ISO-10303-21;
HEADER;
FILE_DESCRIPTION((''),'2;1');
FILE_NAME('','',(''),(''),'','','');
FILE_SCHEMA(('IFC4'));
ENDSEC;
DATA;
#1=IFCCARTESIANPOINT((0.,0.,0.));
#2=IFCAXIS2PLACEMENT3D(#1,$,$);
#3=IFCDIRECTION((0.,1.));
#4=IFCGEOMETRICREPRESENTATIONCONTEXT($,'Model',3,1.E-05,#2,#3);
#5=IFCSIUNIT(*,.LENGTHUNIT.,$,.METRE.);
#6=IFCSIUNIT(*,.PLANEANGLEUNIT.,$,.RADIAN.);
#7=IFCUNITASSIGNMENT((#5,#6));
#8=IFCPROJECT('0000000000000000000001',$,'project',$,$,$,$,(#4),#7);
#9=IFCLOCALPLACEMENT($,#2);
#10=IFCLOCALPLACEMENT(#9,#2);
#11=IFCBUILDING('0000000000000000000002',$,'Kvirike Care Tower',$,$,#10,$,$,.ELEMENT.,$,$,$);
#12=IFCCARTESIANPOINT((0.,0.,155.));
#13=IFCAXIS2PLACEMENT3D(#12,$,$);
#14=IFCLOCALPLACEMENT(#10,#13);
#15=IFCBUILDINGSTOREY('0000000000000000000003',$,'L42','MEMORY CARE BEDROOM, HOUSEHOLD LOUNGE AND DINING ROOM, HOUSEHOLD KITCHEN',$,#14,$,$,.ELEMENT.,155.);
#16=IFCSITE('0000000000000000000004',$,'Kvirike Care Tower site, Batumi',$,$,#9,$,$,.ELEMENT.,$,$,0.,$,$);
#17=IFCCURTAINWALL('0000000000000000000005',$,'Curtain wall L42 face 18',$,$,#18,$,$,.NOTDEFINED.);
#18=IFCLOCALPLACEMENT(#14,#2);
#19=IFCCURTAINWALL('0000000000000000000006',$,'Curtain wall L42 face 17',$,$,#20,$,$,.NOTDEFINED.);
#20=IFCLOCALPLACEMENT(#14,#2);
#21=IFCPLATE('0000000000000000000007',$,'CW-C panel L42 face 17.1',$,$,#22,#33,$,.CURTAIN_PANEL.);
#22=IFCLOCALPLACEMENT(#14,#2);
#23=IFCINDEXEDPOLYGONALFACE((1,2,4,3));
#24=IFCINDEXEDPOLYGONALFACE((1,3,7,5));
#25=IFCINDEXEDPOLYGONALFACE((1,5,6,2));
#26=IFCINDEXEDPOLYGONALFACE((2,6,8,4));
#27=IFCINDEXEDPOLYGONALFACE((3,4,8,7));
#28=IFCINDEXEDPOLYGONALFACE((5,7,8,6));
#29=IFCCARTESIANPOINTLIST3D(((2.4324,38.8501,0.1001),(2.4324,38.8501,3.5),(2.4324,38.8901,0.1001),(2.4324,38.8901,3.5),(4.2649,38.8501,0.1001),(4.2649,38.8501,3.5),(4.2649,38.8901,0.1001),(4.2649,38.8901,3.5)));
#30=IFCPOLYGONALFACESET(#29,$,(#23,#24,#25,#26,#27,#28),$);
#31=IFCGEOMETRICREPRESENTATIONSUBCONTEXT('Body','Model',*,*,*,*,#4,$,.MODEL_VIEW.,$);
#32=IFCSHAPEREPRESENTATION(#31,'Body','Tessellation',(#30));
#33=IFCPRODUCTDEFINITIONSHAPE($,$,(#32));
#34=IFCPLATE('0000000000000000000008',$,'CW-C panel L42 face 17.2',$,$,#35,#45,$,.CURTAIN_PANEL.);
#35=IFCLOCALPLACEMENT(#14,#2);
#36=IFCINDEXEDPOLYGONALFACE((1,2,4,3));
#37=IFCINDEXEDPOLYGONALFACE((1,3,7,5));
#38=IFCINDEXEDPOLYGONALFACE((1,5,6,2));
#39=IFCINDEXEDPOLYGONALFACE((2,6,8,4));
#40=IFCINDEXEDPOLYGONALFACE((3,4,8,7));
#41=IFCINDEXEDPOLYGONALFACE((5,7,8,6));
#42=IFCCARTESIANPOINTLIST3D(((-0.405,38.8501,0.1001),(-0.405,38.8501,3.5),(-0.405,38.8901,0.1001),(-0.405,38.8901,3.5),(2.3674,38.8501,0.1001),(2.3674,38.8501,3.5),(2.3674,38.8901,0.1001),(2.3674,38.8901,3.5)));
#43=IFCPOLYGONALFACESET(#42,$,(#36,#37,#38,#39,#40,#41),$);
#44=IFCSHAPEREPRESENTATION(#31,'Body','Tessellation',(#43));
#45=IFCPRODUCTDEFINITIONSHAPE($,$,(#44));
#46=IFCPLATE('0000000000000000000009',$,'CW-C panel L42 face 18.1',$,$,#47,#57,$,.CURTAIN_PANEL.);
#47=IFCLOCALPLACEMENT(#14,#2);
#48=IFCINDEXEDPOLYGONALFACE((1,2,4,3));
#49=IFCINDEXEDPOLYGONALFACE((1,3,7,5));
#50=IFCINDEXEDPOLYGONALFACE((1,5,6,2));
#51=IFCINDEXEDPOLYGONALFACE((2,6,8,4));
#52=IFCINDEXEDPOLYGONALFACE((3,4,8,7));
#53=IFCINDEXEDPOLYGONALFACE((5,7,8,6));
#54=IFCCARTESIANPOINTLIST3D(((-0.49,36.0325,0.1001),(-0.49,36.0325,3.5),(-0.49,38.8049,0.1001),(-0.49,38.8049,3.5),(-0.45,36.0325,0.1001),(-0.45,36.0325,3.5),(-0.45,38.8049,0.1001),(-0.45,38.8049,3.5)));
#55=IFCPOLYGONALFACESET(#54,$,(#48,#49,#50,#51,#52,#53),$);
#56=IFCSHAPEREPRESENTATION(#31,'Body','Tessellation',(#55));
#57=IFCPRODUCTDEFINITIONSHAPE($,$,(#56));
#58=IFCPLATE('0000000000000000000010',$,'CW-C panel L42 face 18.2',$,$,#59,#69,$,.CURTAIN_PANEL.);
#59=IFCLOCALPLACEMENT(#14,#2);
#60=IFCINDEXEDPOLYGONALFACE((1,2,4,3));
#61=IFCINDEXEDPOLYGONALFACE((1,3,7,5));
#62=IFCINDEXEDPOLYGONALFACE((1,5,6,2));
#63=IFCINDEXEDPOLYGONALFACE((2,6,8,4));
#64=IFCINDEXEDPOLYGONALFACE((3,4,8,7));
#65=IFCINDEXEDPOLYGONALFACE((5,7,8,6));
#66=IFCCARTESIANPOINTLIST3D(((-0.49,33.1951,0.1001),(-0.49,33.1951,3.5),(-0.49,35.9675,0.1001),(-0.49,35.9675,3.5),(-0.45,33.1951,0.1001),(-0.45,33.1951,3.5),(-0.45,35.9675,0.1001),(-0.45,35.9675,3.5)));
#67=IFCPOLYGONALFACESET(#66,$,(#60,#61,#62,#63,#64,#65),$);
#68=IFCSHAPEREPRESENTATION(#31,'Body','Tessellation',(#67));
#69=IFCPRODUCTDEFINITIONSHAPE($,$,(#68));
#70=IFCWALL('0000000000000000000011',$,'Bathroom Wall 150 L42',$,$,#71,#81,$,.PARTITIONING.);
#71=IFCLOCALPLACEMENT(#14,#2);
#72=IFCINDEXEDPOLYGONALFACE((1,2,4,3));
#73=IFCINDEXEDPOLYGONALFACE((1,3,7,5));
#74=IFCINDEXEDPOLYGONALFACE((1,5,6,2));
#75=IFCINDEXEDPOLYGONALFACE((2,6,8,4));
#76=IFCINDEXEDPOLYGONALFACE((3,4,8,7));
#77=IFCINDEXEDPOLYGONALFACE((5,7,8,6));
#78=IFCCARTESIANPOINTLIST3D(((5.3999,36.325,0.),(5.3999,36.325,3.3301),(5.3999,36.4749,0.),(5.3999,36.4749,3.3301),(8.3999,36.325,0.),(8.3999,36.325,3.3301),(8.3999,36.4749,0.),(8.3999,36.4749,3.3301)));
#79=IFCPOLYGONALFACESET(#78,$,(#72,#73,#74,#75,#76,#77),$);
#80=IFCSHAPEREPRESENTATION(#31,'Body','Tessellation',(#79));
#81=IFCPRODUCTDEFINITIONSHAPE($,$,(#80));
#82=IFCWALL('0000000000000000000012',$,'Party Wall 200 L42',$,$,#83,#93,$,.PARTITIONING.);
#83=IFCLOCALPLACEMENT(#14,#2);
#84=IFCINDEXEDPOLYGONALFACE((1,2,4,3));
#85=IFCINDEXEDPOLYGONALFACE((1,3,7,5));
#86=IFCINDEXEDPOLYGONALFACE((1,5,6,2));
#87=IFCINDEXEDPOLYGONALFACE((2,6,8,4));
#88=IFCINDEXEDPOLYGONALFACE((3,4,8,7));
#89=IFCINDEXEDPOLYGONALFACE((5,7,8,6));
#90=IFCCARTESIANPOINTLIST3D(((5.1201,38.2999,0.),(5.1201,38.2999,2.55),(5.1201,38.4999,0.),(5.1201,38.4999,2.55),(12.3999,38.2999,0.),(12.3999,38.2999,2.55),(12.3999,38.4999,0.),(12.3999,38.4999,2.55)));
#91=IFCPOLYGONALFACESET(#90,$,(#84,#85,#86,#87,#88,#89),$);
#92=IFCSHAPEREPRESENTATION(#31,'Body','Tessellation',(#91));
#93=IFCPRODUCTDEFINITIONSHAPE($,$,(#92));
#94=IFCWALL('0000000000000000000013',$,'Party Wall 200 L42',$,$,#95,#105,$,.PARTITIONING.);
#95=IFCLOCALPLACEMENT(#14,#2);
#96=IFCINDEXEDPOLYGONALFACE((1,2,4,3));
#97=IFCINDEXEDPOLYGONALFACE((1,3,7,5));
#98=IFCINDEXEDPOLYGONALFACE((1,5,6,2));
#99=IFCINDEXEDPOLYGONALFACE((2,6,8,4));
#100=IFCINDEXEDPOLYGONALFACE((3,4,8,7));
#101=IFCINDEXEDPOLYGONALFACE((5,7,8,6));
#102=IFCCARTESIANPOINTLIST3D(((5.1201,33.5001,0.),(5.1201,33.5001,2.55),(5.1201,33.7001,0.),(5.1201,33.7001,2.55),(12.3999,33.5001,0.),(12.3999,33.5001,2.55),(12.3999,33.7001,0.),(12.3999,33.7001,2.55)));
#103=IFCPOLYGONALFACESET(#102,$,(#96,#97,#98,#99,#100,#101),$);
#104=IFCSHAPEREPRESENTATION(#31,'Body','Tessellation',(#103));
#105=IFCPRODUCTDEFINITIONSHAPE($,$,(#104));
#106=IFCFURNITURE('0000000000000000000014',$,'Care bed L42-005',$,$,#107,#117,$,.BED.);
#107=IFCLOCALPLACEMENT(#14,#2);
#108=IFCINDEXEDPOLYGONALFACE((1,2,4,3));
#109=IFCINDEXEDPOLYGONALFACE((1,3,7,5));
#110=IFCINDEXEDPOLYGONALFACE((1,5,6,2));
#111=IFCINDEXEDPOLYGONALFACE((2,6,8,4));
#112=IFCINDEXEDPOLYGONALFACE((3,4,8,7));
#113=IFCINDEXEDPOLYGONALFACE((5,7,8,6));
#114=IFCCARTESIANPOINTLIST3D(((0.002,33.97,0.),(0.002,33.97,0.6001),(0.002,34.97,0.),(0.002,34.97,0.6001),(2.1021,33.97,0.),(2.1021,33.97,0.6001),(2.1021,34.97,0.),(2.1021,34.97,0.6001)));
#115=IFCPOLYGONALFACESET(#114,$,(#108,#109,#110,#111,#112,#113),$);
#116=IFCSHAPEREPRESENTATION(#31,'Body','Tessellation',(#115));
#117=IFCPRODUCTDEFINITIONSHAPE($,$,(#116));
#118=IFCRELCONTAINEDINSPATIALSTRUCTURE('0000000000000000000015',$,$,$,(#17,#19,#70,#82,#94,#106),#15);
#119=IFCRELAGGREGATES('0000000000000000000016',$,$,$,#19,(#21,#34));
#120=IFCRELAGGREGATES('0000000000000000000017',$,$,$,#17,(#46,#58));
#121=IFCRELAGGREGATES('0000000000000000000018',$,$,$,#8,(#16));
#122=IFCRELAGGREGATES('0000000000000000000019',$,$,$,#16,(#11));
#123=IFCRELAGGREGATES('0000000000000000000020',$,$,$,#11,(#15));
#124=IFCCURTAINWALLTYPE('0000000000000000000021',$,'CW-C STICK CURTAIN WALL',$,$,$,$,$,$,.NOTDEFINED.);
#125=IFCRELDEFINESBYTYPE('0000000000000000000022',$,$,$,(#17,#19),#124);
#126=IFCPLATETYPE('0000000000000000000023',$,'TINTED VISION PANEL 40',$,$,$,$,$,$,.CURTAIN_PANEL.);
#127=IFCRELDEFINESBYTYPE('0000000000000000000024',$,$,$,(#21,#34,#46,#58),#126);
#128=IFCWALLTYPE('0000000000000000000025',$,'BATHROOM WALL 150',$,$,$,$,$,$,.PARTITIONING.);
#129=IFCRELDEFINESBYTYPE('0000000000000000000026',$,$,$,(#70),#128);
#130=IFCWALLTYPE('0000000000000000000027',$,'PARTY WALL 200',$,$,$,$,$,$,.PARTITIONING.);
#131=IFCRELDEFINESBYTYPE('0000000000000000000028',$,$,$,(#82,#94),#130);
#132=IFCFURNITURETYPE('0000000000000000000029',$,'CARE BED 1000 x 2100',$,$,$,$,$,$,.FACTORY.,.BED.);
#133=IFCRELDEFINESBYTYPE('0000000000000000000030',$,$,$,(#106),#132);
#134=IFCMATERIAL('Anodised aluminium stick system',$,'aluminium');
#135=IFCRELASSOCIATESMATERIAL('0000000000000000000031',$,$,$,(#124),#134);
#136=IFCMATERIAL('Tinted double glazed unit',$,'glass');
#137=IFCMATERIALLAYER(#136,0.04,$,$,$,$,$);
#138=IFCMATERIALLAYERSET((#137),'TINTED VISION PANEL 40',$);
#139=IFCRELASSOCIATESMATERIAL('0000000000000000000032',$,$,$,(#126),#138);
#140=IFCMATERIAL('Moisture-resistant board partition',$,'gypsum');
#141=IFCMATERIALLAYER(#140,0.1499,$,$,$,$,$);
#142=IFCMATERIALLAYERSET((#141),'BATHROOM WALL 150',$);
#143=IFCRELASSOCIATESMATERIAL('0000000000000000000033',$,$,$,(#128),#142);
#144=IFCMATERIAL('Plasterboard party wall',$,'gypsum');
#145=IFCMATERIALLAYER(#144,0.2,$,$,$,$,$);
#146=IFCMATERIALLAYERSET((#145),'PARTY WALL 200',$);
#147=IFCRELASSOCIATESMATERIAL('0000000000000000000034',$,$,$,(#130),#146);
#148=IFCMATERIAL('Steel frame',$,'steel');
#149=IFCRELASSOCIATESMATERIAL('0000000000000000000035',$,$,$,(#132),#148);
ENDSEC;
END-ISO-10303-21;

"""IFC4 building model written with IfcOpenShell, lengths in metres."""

from ifc_helpers import new_model, si_unit, direction, frame, frame_2d, origin, origin_2d, place, context, subcontext, project, spatial, rectangle, extrude, material, layer, layer_set, type_object, element, aggregate, save


model = new_model("IFC4")

# Units and contexts
model_context = context("Model", 3, precision=1e-05, world=origin(), true_north=direction((0.0, 1.0)))
body_context = subcontext(model_context, "Body", "Model", "MODEL_VIEW")
ifc_project = project(units=[si_unit("LENGTHUNIT", "METRE"), si_unit("PLANEANGLEUNIT", "RADIAN")], contexts=[model_context])

# Site, building, storey
site_placement = place(None, origin())
site = spatial("IfcSite", under=ifc_project, at=site_placement, Name="Kvirike Care Tower site, Batumi", CompositionType="ELEMENT", RefElevation=0.0)
building_placement = place(site_placement, origin())
building = spatial("IfcBuilding", under=site, at=building_placement, Name="Kvirike Care Tower", CompositionType="ELEMENT")
storey_placement = place(building_placement, frame((0.0, 0.0, 155.0)))
storey = spatial("IfcBuildingStorey", under=building, at=storey_placement, Name="L42", Description="MEMORY CARE BEDROOM, HOUSEHOLD LOUNGE AND DINING ROOM, HOUSEHOLD KITCHEN", CompositionType="ELEMENT", Elevation=155.0)

# Curtain wall
ifc_material_1 = material(Name="Anodised aluminium stick system", Category="aluminium")
curtain_wall_type = type_object("IfcCurtainWallType", Name="CW-C STICK CURTAIN WALL", PredefinedType="NOTDEFINED", material=ifc_material_1)
curtain_wall_1_placement = place(storey_placement, origin())
curtain_wall_1 = element("IfcCurtainWall", 1, at=curtain_wall_1_placement, inside=storey, type_object=curtain_wall_type, Name="Curtain wall L42 face 18", PredefinedType="NOTDEFINED")

# Curtain wall
curtain_wall_2_placement = place(storey_placement, origin())
curtain_wall_2 = element("IfcCurtainWall", 2, at=curtain_wall_2_placement, inside=storey, type_object=curtain_wall_type, Name="Curtain wall L42 face 17", PredefinedType="NOTDEFINED")

# Plates
ifc_material_2 = material(Name="Tinted double glazed unit", Category="glass")
ifc_layer_1 = layer(ifc_material_2, 0.04)
ifc_layer_set_1 = layer_set([ifc_layer_1], Name="TINTED VISION PANEL 40")
plate_type = type_object("IfcPlateType", Name="TINTED VISION PANEL 40", PredefinedType="CURTAIN_PANEL", material=ifc_layer_set_1)
plate_1_placement = place(storey_placement, frame((3.3486, 38.8701, 0.1001), z_axis=(0.0, 0.0, 1.0), x_axis=(-1.0, 0.0, 0.0)))
plate_1 = element("IfcPlate", 3, at=plate_1_placement, type_object=plate_type, Name="CW-C panel L42 face 17.1", PredefinedType="CURTAIN_PANEL", context=body_context, shape_type="SweptSolid", body=[
    extrude(rectangle(XDim=1.8325, YDim=0.04, at=origin_2d()), origin(), (0.0, 0.0, 1.0), 3.3999),
])
plate_2_placement = place(storey_placement, frame((0.9812, 38.8701, 0.1001), z_axis=(0.0, 0.0, 1.0), x_axis=(-1.0, 0.0, 0.0)))
plate_2 = element("IfcPlate", 4, at=plate_2_placement, type_object=plate_type, Name="CW-C panel L42 face 17.2", PredefinedType="CURTAIN_PANEL", context=body_context, shape_type="SweptSolid", body=[
    extrude(rectangle(XDim=2.7725, YDim=0.04, at=origin_2d()), origin(), (0.0, 0.0, 1.0), 3.3999),
])
aggregate(curtain_wall_2, [plate_1, plate_2])
plate_3_placement = place(storey_placement, frame((-0.47, 37.4187, 0.1001), z_axis=(0.0, 0.0, 1.0), x_axis=(0.0, -1.0, 0.0)))
plate_3 = element("IfcPlate", 5, at=plate_3_placement, type_object=plate_type, Name="CW-C panel L42 face 18.1", PredefinedType="CURTAIN_PANEL", context=body_context, shape_type="SweptSolid", body=[
    extrude(rectangle(XDim=2.7725, YDim=0.04, at=origin_2d()), origin(), (0.0, 0.0, 1.0), 3.3999),
])
plate_4_placement = place(storey_placement, frame((-0.47, 34.5813, 0.1001), z_axis=(0.0, 0.0, 1.0), x_axis=(0.0, -1.0, 0.0)))
plate_4 = element("IfcPlate", 6, at=plate_4_placement, type_object=plate_type, Name="CW-C panel L42 face 18.2", PredefinedType="CURTAIN_PANEL", context=body_context, shape_type="SweptSolid", body=[
    extrude(rectangle(XDim=2.7725, YDim=0.04, at=origin_2d()), origin(), (0.0, 0.0, 1.0), 3.3999),
])
aggregate(curtain_wall_1, [plate_3, plate_4])

# Walls
ifc_material_3 = material(Name="Moisture-resistant board partition", Category="gypsum")
ifc_layer_2 = layer(ifc_material_3, 0.1499)
ifc_layer_set_2 = layer_set([ifc_layer_2], Name="BATHROOM WALL 150")
wall_type_1 = type_object("IfcWallType", Name="BATHROOM WALL 150", PredefinedType="PARTITIONING", material=ifc_layer_set_2)
wall_placement = place(storey_placement, frame((5.3999, 36.3999, 0.0), z_axis=(0.0, 0.0, 1.0), x_axis=(1.0, 0.0, 0.0)))
element("IfcWall", 7, at=wall_placement, inside=storey, type_object=wall_type_1, Name="Bathroom Wall 150 L42", PredefinedType="PARTITIONING", context=body_context, shape_type="SweptSolid", body=[
    extrude(rectangle(XDim=3.0, YDim=0.1499, at=frame_2d((1.5, 0.0))), origin(), (0.0, 0.0, 1.0), 3.3301),
])
ifc_material_4 = material(Name="Plasterboard party wall", Category="gypsum")
ifc_layer_3 = layer(ifc_material_4, 0.2)
ifc_layer_set_3 = layer_set([ifc_layer_3], Name="PARTY WALL 200")
wall_type_2 = type_object("IfcWallType", Name="PARTY WALL 200", PredefinedType="PARTITIONING", material=ifc_layer_set_3)
for number, where, z_axis, x_axis, name in (
    (8, (5.1201, 38.3999, 0.0), (0.0, 0.0, 1.0), (1.0, 0.0, 0.0), "Party Wall 200 L42"),
    (9, (5.1201, 33.6001, 0.0), (0.0, 0.0, 1.0), (1.0, 0.0, 0.0), "Party Wall 200 L42"),
):
    element("IfcWall", number, at=place(storey_placement, frame(where, z_axis=z_axis, x_axis=x_axis)), inside=storey, type_object=wall_type_2, Name=name, PredefinedType="PARTITIONING", context=body_context, shape_type="SweptSolid", body=[
        extrude(rectangle(XDim=7.2798, YDim=0.2, at=frame_2d((3.6399, 0.0))), origin(), (0.0, 0.0, 1.0), 2.55),
    ])

# Furniture
ifc_material_5 = material(Name="Steel frame", Category="steel")
furniture_type = type_object("IfcFurnitureType", Name="CARE BED 1000 x 2100", AssemblyPlace="FACTORY", PredefinedType="BED", material=ifc_material_5)
furniture_placement = place(storey_placement, frame((1.052, 34.47, 0.0), z_axis=(0.0, 0.0, 1.0), x_axis=(0.0, 1.0, 0.0)))
element("IfcFurniture", 10, at=furniture_placement, inside=storey, type_object=furniture_type, Name="Care bed L42-005", PredefinedType="BED", context=body_context, shape_type="SweptSolid", body=[
    extrude(rectangle(XDim=1.0, YDim=2.1001, at=origin_2d()), origin(), (0.0, 0.0, 1.0), 0.6001),
])

save(model, "model.ifc")
